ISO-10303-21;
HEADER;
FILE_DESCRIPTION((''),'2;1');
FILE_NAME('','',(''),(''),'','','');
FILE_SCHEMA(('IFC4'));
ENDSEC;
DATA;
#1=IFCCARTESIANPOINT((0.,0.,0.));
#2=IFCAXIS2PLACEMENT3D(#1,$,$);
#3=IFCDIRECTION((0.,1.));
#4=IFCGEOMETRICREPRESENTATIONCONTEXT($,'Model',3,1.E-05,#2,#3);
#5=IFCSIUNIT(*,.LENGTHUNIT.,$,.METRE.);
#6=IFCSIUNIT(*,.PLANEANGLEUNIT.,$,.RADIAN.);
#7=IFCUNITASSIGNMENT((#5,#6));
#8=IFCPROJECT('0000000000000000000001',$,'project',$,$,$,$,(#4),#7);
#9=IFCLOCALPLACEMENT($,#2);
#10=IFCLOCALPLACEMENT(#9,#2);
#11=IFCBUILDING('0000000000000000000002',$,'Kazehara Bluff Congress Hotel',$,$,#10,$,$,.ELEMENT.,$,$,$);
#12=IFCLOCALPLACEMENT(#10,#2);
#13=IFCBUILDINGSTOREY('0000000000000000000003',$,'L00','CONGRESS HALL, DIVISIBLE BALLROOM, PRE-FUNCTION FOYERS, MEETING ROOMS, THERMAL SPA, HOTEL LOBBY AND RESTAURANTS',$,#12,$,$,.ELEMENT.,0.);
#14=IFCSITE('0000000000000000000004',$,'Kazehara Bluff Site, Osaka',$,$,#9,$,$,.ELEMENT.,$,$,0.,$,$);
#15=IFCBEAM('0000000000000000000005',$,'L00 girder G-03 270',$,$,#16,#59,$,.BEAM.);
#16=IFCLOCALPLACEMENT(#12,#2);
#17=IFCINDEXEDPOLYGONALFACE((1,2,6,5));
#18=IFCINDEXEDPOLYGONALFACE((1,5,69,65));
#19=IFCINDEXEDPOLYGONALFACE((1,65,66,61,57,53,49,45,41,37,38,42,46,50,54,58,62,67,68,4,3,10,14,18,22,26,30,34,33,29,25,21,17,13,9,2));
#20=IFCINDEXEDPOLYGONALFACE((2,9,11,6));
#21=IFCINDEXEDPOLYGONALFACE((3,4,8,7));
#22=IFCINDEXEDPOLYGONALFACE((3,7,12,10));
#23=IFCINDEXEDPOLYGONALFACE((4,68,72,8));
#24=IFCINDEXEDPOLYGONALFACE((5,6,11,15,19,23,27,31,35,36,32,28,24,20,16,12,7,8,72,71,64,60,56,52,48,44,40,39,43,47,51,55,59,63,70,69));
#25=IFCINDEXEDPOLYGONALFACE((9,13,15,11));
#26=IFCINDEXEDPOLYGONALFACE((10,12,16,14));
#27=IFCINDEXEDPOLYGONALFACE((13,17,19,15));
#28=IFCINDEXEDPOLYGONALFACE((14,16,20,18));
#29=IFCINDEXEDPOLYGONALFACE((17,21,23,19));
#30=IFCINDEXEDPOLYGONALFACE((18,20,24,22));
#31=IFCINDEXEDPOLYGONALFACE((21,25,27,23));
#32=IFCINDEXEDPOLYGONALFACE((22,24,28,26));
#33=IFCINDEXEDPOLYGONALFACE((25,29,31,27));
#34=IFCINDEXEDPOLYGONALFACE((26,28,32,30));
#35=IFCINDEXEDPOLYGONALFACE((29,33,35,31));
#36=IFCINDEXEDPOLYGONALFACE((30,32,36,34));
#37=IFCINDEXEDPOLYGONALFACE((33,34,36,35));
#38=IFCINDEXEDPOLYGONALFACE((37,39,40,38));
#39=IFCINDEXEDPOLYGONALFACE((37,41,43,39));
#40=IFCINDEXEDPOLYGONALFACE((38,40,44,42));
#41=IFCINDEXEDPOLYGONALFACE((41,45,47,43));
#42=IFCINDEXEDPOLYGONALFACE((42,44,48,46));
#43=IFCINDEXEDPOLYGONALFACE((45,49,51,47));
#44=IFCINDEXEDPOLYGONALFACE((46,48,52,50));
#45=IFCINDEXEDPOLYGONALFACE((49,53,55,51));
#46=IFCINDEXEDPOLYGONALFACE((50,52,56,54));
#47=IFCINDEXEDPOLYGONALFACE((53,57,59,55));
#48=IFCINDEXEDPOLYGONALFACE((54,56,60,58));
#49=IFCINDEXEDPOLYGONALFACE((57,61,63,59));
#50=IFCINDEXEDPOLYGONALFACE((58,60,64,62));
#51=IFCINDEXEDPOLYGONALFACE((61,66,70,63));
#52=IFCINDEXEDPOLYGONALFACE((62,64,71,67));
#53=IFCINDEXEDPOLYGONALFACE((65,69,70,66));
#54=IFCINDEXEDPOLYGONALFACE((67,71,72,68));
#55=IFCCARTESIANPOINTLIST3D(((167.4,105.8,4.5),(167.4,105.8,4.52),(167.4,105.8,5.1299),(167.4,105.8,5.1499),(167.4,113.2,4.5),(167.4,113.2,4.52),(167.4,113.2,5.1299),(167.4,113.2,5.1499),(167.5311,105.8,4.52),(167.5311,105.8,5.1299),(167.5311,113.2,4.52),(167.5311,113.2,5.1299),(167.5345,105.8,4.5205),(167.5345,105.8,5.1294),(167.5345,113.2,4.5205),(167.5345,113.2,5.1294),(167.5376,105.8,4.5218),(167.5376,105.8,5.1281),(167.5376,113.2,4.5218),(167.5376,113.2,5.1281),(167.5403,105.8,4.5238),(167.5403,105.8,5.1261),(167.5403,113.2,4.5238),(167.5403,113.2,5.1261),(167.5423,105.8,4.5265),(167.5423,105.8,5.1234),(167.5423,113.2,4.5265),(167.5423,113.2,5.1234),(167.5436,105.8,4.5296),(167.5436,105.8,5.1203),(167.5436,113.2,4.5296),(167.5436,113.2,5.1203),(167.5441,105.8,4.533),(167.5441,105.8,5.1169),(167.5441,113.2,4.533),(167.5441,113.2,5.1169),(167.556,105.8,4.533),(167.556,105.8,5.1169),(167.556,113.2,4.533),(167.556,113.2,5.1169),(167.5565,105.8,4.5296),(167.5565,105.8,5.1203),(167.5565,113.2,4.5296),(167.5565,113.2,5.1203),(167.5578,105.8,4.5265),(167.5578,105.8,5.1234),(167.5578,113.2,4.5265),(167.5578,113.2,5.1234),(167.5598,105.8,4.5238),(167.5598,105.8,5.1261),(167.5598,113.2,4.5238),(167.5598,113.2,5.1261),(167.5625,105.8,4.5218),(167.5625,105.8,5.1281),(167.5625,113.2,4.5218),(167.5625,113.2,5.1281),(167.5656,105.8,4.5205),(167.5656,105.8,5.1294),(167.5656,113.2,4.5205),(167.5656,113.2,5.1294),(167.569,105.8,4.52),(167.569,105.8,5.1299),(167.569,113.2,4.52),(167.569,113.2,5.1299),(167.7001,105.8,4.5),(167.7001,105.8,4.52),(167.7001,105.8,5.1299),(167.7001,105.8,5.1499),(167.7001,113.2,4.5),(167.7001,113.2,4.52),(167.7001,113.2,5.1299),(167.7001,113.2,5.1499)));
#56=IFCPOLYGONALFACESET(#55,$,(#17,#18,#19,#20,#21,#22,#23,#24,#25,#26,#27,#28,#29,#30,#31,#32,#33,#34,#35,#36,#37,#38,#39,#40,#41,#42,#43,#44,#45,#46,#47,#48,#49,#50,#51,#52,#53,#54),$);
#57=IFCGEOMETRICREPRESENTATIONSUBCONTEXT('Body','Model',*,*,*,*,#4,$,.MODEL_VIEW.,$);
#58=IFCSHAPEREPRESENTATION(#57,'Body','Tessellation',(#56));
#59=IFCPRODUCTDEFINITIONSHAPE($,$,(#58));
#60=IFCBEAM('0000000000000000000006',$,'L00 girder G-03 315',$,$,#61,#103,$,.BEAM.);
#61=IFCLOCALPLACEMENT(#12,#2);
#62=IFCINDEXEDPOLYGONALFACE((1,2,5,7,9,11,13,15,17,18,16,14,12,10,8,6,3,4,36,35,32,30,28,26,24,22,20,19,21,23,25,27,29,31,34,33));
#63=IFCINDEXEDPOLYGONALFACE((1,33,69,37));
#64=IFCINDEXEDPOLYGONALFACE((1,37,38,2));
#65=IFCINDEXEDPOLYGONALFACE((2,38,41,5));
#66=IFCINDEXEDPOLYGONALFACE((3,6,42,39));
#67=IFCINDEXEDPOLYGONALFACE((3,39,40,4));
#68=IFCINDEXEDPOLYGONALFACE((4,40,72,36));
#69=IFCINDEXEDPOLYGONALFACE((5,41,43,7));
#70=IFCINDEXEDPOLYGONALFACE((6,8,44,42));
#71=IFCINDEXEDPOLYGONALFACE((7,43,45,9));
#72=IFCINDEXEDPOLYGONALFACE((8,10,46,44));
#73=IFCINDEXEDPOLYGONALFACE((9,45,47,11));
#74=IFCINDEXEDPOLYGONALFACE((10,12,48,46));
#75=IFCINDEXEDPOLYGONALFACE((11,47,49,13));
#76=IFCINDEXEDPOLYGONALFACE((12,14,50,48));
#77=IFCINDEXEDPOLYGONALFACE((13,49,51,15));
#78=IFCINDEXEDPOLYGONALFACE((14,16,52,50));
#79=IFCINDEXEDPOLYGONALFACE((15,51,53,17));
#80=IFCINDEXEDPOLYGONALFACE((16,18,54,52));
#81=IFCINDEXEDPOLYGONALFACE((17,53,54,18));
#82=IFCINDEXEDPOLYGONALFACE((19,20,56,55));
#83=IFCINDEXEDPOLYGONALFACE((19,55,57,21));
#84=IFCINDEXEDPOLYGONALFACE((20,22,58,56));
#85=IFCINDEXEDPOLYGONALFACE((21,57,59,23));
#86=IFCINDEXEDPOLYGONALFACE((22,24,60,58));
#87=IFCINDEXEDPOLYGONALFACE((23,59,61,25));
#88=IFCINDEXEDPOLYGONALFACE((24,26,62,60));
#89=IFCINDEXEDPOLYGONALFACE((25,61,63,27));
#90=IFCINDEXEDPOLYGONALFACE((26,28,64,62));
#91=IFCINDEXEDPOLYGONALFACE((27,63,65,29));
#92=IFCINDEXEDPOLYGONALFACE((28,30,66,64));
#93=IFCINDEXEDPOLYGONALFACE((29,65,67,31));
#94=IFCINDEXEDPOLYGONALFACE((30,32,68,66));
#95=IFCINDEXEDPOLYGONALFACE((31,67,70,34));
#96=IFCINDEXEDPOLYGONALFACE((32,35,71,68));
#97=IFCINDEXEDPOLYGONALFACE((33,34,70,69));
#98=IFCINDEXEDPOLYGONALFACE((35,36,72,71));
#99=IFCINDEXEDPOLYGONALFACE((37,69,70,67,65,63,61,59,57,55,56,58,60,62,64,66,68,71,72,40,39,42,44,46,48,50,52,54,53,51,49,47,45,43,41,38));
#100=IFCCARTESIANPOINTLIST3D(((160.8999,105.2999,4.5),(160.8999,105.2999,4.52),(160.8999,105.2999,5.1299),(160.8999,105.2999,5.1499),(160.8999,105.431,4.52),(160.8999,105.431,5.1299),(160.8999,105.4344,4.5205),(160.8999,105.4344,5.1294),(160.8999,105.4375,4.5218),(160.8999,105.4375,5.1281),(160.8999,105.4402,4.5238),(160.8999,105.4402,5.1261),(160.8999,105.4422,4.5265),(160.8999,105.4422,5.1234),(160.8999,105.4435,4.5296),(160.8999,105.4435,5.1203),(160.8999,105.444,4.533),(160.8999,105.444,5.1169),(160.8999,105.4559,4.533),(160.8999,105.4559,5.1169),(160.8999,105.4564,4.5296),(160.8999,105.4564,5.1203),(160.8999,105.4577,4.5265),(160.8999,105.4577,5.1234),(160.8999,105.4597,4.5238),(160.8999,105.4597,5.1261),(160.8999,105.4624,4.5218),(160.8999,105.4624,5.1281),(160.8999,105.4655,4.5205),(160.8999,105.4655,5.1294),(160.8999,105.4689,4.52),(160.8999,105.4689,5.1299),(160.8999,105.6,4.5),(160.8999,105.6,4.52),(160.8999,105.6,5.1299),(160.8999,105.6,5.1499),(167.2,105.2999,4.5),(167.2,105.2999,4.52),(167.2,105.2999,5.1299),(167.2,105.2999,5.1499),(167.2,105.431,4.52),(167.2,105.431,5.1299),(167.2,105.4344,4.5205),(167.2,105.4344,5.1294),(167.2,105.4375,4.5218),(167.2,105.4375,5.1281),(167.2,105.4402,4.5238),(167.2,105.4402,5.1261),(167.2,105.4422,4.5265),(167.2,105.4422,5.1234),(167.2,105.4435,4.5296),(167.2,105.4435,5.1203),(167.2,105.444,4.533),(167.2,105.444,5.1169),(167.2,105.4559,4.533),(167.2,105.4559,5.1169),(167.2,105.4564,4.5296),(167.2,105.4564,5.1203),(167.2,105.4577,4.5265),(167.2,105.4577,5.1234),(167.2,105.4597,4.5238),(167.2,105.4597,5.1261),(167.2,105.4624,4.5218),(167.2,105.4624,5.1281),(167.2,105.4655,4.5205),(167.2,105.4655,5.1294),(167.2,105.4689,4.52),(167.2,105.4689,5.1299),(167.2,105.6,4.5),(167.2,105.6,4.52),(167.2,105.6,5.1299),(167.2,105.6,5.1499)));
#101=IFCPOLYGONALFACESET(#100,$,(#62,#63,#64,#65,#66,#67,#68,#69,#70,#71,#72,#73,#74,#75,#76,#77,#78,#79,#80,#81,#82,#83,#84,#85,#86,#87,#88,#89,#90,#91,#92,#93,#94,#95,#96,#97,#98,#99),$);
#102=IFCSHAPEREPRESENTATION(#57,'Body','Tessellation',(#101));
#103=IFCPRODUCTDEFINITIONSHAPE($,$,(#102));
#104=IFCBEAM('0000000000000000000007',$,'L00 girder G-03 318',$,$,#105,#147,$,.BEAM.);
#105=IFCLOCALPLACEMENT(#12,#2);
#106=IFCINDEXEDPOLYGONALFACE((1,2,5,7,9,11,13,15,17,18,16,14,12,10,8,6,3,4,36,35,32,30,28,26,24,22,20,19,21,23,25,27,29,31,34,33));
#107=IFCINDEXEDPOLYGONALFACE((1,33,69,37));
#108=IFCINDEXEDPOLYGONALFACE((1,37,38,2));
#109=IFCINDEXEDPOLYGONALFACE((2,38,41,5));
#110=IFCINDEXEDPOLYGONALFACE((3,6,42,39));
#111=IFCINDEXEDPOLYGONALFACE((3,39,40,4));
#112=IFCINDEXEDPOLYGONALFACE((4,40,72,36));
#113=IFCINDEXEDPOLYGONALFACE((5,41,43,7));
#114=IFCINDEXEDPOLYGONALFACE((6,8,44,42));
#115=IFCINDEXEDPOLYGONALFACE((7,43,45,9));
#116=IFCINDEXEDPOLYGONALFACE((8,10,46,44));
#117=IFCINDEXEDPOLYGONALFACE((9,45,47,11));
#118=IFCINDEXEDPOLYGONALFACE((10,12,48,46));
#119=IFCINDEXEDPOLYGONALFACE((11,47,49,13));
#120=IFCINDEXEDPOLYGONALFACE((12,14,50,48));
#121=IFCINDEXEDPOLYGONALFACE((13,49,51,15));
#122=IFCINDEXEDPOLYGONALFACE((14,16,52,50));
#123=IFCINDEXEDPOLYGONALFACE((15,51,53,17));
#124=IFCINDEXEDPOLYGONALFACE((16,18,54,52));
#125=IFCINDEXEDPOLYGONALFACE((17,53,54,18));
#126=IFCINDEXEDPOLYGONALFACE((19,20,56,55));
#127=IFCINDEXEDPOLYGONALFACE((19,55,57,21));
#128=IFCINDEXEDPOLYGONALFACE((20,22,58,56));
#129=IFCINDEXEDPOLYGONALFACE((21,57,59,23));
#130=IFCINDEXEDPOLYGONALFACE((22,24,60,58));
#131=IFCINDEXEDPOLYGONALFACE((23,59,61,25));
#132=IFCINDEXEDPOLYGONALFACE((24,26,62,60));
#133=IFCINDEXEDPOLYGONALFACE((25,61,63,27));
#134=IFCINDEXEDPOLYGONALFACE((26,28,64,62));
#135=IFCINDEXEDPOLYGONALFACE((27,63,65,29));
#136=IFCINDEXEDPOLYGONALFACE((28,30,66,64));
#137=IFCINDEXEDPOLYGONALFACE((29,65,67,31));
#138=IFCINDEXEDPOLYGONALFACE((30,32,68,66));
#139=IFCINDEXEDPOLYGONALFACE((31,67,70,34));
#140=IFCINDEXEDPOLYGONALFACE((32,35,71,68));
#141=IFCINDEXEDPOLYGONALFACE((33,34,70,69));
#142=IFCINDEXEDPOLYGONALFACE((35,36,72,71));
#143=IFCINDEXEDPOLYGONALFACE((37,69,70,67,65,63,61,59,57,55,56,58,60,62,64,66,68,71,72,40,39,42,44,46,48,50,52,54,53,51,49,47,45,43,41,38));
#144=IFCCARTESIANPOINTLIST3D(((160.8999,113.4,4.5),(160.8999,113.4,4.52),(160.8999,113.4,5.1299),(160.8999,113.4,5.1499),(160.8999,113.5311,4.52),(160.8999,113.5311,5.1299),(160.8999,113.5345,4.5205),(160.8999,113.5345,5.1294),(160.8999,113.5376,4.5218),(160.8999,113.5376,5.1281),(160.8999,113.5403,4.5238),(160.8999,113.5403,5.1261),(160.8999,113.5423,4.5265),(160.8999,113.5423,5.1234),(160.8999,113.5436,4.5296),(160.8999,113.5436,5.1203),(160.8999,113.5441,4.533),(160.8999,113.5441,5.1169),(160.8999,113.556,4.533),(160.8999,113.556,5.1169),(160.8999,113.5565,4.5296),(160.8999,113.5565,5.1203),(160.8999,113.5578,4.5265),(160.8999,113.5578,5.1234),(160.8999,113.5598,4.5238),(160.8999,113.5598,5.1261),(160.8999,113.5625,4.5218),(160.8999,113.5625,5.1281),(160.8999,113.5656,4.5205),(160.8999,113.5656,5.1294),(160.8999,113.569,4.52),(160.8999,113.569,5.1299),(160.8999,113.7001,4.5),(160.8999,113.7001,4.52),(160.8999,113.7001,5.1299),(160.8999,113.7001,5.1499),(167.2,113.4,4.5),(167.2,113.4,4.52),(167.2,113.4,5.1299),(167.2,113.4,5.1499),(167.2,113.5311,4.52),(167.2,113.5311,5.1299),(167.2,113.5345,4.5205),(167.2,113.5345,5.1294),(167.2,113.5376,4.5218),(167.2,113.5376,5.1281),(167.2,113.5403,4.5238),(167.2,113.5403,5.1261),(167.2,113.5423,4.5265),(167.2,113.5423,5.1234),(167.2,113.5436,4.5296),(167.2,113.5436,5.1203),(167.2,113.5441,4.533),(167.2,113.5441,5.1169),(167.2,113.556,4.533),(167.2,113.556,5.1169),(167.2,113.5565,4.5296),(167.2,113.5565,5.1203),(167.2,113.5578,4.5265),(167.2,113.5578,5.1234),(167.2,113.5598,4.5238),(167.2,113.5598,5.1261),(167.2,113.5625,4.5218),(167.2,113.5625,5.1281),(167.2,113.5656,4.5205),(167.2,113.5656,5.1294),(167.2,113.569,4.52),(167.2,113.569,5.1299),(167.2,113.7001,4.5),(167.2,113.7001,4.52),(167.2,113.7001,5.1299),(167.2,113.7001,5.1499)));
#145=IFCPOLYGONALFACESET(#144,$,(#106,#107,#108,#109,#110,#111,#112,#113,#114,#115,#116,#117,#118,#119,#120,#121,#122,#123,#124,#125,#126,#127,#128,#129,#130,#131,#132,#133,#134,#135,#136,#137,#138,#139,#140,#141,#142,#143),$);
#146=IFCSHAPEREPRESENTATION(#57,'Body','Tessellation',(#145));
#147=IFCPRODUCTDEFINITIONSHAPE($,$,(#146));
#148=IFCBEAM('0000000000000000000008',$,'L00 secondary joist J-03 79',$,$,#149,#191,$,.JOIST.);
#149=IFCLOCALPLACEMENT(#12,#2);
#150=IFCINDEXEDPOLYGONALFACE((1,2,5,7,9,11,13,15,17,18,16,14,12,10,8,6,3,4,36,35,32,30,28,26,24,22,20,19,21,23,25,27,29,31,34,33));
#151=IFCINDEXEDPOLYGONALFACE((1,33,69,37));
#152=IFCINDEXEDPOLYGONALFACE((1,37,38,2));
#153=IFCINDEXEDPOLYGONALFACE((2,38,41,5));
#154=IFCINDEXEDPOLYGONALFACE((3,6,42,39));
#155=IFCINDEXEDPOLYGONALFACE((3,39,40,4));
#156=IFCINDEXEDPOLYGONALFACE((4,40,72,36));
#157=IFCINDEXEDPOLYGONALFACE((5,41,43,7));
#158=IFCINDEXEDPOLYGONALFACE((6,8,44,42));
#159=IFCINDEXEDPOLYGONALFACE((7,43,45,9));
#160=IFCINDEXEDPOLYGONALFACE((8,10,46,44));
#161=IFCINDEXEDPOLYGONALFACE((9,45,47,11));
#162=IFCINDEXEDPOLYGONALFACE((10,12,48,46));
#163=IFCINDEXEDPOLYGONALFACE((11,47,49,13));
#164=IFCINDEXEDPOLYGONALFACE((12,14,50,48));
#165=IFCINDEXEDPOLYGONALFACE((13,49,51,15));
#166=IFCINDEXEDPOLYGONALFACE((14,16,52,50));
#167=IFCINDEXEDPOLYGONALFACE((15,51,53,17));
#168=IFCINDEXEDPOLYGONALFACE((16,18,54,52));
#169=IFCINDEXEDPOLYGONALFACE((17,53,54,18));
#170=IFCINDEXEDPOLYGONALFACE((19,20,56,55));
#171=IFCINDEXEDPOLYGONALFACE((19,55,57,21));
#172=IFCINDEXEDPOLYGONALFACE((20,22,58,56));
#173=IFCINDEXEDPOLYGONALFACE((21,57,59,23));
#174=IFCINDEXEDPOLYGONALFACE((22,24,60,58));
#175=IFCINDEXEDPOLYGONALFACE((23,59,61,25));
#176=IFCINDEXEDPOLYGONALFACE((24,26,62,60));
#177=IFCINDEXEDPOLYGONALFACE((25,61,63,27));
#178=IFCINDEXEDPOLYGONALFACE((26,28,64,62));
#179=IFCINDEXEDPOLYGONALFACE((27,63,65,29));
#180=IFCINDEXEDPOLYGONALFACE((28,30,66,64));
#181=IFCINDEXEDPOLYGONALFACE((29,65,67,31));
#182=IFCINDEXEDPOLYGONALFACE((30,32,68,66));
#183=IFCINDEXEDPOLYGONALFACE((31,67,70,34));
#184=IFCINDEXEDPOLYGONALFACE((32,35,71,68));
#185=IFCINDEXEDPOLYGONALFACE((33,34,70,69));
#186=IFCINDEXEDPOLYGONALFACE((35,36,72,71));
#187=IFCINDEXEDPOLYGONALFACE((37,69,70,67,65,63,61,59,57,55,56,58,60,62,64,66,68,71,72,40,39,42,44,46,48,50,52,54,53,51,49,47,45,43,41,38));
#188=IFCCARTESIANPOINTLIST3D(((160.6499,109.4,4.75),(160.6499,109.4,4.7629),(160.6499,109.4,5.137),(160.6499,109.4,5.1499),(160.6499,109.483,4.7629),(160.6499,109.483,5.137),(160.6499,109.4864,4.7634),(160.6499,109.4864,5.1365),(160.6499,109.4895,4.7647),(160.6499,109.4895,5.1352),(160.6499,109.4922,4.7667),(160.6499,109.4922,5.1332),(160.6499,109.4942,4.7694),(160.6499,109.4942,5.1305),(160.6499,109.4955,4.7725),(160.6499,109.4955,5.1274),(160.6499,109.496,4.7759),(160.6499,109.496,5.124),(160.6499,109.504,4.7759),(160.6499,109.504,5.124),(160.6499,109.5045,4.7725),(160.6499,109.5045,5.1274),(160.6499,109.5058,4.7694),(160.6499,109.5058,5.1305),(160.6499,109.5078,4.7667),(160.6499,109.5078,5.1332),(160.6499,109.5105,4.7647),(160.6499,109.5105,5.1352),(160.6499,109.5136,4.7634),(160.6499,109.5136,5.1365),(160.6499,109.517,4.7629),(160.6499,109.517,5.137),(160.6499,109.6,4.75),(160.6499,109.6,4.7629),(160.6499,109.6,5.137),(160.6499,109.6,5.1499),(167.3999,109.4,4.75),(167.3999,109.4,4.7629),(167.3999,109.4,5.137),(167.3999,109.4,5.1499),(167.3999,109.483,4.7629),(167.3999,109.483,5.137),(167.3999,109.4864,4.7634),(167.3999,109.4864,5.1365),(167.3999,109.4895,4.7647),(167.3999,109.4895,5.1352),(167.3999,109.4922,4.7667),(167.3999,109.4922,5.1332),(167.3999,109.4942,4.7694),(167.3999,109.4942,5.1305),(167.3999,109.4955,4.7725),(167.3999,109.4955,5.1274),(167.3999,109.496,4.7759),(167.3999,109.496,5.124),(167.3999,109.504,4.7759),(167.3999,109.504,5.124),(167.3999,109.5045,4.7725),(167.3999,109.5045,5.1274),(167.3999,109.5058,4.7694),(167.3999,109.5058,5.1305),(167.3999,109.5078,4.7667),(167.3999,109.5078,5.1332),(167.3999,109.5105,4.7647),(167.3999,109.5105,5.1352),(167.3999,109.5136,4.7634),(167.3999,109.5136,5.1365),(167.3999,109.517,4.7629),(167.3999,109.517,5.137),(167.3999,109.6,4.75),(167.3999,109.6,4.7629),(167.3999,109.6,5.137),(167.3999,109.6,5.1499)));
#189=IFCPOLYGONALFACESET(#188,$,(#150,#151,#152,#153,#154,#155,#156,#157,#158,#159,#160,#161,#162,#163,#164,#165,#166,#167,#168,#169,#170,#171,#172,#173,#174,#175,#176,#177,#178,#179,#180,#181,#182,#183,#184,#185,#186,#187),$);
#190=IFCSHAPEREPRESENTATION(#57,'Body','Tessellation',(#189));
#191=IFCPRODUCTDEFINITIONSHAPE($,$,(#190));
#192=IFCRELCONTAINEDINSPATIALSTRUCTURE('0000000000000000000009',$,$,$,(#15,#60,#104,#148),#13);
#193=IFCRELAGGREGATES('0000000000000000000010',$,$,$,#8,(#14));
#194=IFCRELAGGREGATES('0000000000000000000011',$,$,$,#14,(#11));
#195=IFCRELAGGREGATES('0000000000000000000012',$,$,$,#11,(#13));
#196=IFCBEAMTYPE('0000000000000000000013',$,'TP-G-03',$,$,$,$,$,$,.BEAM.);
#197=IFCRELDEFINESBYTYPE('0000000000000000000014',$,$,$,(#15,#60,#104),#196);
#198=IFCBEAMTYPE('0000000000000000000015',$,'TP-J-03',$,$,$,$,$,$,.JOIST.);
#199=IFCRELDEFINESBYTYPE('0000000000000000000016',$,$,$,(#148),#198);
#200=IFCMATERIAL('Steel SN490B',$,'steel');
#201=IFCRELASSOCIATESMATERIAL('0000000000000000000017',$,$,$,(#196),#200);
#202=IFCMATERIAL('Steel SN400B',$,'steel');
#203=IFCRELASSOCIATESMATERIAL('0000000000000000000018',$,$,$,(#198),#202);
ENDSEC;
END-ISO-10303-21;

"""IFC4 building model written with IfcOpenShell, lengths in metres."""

from ifc_helpers import new_model, si_unit, direction, frame, origin, origin_2d, place, context, subcontext, project, spatial, i_section, extrude, material, material_profile, profile_set, type_object, element, save


model = new_model("IFC4")

# Units and contexts
model_context = context("Model", 3, precision=1e-05, world=origin(), true_north=direction((0.0, 1.0)))
body_context = subcontext(model_context, "Body", "Model", "MODEL_VIEW")
ifc_project = project(units=[si_unit("LENGTHUNIT", "METRE"), si_unit("PLANEANGLEUNIT", "RADIAN")], contexts=[model_context])

# Site, building, storey
site_placement = place(None, origin())
site = spatial("IfcSite", under=ifc_project, at=site_placement, Name="Kazehara Bluff Site, Osaka", CompositionType="ELEMENT", RefElevation=0.0)
building_placement = place(site_placement, origin())
building = spatial("IfcBuilding", under=site, at=building_placement, Name="Kazehara Bluff Congress Hotel", CompositionType="ELEMENT")
storey_placement = place(building_placement, origin())
storey = spatial("IfcBuildingStorey", under=building, at=storey_placement, Name="L00", Description="CONGRESS HALL, DIVISIBLE BALLROOM, PRE-FUNCTION FOYERS, MEETING ROOMS, THERMAL SPA, HOTEL LOBBY AND RESTAURANTS", CompositionType="ELEMENT", Elevation=0.0)

# Beams
ifc_material_1 = material(Name="Steel SN490B", Category="steel")
ifc_material_profile_1 = material_profile(ifc_material_1, i_section(OverallWidth=0.3, OverallDepth=0.6499, WebThickness=0.012, FlangeThickness=0.02, FilletRadius=0.0129, at=origin_2d()))
ifc_profile_set_1 = profile_set([ifc_material_profile_1], Name="Steel SN490B")
beam_type_1 = type_object("IfcBeamType", Name="TP-G-03", PredefinedType="BEAM", material=ifc_profile_set_1)
beam_1_placement = place(storey_placement, frame((167.55, 105.8, 4.825), z_axis=(0.0, 1.0, 0.0), x_axis=(-1.0, 0.0, 0.0)))
element("IfcBeam", 1, at=beam_1_placement, inside=storey, type_object=beam_type_1, Name="L00 girder G-03 270", PredefinedType="BEAM", context=body_context, shape_type="SweptSolid", body=[
    extrude(i_section(OverallWidth=0.3, OverallDepth=0.6499, WebThickness=0.012, FlangeThickness=0.02, FilletRadius=0.0129, at=origin_2d()), origin(), (0.0, 0.0, 1.0), 7.3999),
])
for number, where, z_axis, x_axis, name in (
    (2, (160.8999, 105.45, 4.825), (1.0, 0.0, 0.0), (0.0, 1.0, 0.0), "L00 girder G-03 315"),
    (3, (160.8999, 113.55, 4.825), (1.0, 0.0, 0.0), (0.0, 1.0, 0.0), "L00 girder G-03 318"),
):
    element("IfcBeam", number, at=place(storey_placement, frame(where, z_axis=z_axis, x_axis=x_axis)), inside=storey, type_object=beam_type_1, Name=name, PredefinedType="BEAM", context=body_context, shape_type="SweptSolid", body=[
        extrude(i_section(OverallWidth=0.3, OverallDepth=0.6499, WebThickness=0.012, FlangeThickness=0.02, FilletRadius=0.0129, at=origin_2d()), origin(), (0.0, 0.0, 1.0), 6.3),
    ])
ifc_material_2 = material(Name="Steel SN400B", Category="steel")
ifc_material_profile_2 = material_profile(ifc_material_2, i_section(OverallWidth=0.2, OverallDepth=0.3999, WebThickness=0.0081, FlangeThickness=0.0129, FilletRadius=0.0129, at=origin_2d()))
ifc_profile_set_2 = profile_set([ifc_material_profile_2], Name="Steel SN400B")
beam_type_2 = type_object("IfcBeamType", Name="TP-J-03", PredefinedType="JOIST", material=ifc_profile_set_2)
beam_2_placement = place(storey_placement, frame((160.6499, 109.5, 4.95), z_axis=(1.0, 0.0, 0.0), x_axis=(0.0, 1.0, 0.0)))
element("IfcBeam", 4, at=beam_2_placement, inside=storey, type_object=beam_type_2, Name="L00 secondary joist J-03 79", PredefinedType="JOIST", context=body_context, shape_type="SweptSolid", body=[
    extrude(i_section(OverallWidth=0.2, OverallDepth=0.3999, WebThickness=0.0081, FlangeThickness=0.0129, FilletRadius=0.0129, at=origin_2d()), origin(), (0.0, 0.0, 1.0), 6.75),
])

save(model, "model.ifc")
